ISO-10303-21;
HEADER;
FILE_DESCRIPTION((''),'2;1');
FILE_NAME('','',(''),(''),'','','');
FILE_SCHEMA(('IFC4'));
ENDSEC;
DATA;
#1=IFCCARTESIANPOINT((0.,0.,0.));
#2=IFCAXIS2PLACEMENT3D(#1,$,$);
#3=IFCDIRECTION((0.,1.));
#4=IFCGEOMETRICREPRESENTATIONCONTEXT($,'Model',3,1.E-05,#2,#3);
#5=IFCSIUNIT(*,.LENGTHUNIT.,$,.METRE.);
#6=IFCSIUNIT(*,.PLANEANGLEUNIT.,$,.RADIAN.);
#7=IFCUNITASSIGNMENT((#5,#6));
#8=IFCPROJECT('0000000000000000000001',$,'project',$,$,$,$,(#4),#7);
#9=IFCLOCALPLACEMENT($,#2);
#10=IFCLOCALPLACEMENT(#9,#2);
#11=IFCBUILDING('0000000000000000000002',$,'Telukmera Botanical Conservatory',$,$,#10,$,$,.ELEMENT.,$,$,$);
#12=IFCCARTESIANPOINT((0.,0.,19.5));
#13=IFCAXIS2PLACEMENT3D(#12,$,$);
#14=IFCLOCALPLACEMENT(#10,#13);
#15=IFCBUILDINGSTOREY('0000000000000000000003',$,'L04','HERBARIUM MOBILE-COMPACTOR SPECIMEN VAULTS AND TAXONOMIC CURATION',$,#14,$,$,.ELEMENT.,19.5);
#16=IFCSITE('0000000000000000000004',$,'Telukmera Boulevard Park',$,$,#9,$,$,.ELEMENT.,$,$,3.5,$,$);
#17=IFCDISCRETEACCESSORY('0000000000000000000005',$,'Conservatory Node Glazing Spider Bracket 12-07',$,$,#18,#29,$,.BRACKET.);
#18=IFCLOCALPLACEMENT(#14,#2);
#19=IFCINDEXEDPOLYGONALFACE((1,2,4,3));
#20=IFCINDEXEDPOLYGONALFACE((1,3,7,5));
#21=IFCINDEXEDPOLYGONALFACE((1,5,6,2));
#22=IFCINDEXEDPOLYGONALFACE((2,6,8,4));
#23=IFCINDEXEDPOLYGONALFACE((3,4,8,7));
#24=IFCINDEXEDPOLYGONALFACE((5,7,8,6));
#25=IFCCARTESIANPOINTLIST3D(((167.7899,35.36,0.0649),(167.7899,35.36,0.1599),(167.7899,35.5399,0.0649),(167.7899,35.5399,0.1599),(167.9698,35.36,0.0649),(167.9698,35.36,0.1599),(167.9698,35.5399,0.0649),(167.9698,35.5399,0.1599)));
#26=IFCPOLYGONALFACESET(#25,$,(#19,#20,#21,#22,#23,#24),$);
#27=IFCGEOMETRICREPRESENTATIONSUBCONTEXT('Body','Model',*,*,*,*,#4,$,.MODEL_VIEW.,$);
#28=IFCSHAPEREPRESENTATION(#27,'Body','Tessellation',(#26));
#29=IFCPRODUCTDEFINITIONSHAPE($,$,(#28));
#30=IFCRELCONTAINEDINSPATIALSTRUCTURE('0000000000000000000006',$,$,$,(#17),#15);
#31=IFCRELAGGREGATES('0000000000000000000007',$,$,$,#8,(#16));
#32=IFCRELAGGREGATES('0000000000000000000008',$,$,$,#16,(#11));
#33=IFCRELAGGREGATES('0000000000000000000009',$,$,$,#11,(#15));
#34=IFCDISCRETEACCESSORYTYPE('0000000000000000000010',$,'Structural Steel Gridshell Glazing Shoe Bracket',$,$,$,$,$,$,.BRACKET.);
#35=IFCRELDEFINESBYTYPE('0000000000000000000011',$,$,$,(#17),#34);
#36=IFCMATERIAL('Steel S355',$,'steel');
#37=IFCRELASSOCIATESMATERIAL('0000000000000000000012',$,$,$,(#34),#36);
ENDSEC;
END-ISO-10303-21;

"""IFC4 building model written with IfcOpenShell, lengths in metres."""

from ifc_helpers import new_model, si_unit, direction, frame, origin, origin_2d, place, context, subcontext, project, spatial, rectangle, extrude, material, type_object, element, save


model = new_model("IFC4")

# Units and contexts
model_context = context("Model", 3, precision=1e-05, world=origin(), true_north=direction((0.0, 1.0)))
body_context = subcontext(model_context, "Body", "Model", "MODEL_VIEW")
ifc_project = project(units=[si_unit("LENGTHUNIT", "METRE"), si_unit("PLANEANGLEUNIT", "RADIAN")], contexts=[model_context])

# Site, building, storey
site_placement = place(None, origin())
site = spatial("IfcSite", under=ifc_project, at=site_placement, Name="Telukmera Boulevard Park", CompositionType="ELEMENT", RefElevation=3.5)
building_placement = place(site_placement, origin())
building = spatial("IfcBuilding", under=site, at=building_placement, Name="Telukmera Botanical Conservatory", CompositionType="ELEMENT")
storey_placement = place(building_placement, frame((0.0, 0.0, 19.5)))
storey = spatial("IfcBuildingStorey", under=building, at=storey_placement, Name="L04", Description="HERBARIUM MOBILE-COMPACTOR SPECIMEN VAULTS AND TAXONOMIC CURATION", CompositionType="ELEMENT", Elevation=19.5)

# Discrete accessory
ifc_material_1 = material(Name="Steel S355", Category="steel")
discrete_accessory_type = type_object("IfcDiscreteAccessoryType", Name="Structural Steel Gridshell Glazing Shoe Bracket", PredefinedType="BRACKET", material=ifc_material_1)
for number, where, z_axis, x_axis, name in (
    (1, (167.8799, 35.45, 0.0649), (0.0, 0.0, 1.0), (1.0, 0.0, 0.0), "Conservatory Node Glazing Spider Bracket 12-07"),
):
    element("IfcDiscreteAccessory", number, at=place(storey_placement, frame(where, z_axis=z_axis, x_axis=x_axis)), inside=storey, type_object=discrete_accessory_type, Name=name, PredefinedType="BRACKET", context=body_context, shape_type="SweptSolid", body=[
        extrude(rectangle(XDim=0.1799, YDim=0.1799, at=origin_2d()), origin(), (0.0, 0.0, 1.0), 0.095),
    ])

save(model, "model.ifc")
